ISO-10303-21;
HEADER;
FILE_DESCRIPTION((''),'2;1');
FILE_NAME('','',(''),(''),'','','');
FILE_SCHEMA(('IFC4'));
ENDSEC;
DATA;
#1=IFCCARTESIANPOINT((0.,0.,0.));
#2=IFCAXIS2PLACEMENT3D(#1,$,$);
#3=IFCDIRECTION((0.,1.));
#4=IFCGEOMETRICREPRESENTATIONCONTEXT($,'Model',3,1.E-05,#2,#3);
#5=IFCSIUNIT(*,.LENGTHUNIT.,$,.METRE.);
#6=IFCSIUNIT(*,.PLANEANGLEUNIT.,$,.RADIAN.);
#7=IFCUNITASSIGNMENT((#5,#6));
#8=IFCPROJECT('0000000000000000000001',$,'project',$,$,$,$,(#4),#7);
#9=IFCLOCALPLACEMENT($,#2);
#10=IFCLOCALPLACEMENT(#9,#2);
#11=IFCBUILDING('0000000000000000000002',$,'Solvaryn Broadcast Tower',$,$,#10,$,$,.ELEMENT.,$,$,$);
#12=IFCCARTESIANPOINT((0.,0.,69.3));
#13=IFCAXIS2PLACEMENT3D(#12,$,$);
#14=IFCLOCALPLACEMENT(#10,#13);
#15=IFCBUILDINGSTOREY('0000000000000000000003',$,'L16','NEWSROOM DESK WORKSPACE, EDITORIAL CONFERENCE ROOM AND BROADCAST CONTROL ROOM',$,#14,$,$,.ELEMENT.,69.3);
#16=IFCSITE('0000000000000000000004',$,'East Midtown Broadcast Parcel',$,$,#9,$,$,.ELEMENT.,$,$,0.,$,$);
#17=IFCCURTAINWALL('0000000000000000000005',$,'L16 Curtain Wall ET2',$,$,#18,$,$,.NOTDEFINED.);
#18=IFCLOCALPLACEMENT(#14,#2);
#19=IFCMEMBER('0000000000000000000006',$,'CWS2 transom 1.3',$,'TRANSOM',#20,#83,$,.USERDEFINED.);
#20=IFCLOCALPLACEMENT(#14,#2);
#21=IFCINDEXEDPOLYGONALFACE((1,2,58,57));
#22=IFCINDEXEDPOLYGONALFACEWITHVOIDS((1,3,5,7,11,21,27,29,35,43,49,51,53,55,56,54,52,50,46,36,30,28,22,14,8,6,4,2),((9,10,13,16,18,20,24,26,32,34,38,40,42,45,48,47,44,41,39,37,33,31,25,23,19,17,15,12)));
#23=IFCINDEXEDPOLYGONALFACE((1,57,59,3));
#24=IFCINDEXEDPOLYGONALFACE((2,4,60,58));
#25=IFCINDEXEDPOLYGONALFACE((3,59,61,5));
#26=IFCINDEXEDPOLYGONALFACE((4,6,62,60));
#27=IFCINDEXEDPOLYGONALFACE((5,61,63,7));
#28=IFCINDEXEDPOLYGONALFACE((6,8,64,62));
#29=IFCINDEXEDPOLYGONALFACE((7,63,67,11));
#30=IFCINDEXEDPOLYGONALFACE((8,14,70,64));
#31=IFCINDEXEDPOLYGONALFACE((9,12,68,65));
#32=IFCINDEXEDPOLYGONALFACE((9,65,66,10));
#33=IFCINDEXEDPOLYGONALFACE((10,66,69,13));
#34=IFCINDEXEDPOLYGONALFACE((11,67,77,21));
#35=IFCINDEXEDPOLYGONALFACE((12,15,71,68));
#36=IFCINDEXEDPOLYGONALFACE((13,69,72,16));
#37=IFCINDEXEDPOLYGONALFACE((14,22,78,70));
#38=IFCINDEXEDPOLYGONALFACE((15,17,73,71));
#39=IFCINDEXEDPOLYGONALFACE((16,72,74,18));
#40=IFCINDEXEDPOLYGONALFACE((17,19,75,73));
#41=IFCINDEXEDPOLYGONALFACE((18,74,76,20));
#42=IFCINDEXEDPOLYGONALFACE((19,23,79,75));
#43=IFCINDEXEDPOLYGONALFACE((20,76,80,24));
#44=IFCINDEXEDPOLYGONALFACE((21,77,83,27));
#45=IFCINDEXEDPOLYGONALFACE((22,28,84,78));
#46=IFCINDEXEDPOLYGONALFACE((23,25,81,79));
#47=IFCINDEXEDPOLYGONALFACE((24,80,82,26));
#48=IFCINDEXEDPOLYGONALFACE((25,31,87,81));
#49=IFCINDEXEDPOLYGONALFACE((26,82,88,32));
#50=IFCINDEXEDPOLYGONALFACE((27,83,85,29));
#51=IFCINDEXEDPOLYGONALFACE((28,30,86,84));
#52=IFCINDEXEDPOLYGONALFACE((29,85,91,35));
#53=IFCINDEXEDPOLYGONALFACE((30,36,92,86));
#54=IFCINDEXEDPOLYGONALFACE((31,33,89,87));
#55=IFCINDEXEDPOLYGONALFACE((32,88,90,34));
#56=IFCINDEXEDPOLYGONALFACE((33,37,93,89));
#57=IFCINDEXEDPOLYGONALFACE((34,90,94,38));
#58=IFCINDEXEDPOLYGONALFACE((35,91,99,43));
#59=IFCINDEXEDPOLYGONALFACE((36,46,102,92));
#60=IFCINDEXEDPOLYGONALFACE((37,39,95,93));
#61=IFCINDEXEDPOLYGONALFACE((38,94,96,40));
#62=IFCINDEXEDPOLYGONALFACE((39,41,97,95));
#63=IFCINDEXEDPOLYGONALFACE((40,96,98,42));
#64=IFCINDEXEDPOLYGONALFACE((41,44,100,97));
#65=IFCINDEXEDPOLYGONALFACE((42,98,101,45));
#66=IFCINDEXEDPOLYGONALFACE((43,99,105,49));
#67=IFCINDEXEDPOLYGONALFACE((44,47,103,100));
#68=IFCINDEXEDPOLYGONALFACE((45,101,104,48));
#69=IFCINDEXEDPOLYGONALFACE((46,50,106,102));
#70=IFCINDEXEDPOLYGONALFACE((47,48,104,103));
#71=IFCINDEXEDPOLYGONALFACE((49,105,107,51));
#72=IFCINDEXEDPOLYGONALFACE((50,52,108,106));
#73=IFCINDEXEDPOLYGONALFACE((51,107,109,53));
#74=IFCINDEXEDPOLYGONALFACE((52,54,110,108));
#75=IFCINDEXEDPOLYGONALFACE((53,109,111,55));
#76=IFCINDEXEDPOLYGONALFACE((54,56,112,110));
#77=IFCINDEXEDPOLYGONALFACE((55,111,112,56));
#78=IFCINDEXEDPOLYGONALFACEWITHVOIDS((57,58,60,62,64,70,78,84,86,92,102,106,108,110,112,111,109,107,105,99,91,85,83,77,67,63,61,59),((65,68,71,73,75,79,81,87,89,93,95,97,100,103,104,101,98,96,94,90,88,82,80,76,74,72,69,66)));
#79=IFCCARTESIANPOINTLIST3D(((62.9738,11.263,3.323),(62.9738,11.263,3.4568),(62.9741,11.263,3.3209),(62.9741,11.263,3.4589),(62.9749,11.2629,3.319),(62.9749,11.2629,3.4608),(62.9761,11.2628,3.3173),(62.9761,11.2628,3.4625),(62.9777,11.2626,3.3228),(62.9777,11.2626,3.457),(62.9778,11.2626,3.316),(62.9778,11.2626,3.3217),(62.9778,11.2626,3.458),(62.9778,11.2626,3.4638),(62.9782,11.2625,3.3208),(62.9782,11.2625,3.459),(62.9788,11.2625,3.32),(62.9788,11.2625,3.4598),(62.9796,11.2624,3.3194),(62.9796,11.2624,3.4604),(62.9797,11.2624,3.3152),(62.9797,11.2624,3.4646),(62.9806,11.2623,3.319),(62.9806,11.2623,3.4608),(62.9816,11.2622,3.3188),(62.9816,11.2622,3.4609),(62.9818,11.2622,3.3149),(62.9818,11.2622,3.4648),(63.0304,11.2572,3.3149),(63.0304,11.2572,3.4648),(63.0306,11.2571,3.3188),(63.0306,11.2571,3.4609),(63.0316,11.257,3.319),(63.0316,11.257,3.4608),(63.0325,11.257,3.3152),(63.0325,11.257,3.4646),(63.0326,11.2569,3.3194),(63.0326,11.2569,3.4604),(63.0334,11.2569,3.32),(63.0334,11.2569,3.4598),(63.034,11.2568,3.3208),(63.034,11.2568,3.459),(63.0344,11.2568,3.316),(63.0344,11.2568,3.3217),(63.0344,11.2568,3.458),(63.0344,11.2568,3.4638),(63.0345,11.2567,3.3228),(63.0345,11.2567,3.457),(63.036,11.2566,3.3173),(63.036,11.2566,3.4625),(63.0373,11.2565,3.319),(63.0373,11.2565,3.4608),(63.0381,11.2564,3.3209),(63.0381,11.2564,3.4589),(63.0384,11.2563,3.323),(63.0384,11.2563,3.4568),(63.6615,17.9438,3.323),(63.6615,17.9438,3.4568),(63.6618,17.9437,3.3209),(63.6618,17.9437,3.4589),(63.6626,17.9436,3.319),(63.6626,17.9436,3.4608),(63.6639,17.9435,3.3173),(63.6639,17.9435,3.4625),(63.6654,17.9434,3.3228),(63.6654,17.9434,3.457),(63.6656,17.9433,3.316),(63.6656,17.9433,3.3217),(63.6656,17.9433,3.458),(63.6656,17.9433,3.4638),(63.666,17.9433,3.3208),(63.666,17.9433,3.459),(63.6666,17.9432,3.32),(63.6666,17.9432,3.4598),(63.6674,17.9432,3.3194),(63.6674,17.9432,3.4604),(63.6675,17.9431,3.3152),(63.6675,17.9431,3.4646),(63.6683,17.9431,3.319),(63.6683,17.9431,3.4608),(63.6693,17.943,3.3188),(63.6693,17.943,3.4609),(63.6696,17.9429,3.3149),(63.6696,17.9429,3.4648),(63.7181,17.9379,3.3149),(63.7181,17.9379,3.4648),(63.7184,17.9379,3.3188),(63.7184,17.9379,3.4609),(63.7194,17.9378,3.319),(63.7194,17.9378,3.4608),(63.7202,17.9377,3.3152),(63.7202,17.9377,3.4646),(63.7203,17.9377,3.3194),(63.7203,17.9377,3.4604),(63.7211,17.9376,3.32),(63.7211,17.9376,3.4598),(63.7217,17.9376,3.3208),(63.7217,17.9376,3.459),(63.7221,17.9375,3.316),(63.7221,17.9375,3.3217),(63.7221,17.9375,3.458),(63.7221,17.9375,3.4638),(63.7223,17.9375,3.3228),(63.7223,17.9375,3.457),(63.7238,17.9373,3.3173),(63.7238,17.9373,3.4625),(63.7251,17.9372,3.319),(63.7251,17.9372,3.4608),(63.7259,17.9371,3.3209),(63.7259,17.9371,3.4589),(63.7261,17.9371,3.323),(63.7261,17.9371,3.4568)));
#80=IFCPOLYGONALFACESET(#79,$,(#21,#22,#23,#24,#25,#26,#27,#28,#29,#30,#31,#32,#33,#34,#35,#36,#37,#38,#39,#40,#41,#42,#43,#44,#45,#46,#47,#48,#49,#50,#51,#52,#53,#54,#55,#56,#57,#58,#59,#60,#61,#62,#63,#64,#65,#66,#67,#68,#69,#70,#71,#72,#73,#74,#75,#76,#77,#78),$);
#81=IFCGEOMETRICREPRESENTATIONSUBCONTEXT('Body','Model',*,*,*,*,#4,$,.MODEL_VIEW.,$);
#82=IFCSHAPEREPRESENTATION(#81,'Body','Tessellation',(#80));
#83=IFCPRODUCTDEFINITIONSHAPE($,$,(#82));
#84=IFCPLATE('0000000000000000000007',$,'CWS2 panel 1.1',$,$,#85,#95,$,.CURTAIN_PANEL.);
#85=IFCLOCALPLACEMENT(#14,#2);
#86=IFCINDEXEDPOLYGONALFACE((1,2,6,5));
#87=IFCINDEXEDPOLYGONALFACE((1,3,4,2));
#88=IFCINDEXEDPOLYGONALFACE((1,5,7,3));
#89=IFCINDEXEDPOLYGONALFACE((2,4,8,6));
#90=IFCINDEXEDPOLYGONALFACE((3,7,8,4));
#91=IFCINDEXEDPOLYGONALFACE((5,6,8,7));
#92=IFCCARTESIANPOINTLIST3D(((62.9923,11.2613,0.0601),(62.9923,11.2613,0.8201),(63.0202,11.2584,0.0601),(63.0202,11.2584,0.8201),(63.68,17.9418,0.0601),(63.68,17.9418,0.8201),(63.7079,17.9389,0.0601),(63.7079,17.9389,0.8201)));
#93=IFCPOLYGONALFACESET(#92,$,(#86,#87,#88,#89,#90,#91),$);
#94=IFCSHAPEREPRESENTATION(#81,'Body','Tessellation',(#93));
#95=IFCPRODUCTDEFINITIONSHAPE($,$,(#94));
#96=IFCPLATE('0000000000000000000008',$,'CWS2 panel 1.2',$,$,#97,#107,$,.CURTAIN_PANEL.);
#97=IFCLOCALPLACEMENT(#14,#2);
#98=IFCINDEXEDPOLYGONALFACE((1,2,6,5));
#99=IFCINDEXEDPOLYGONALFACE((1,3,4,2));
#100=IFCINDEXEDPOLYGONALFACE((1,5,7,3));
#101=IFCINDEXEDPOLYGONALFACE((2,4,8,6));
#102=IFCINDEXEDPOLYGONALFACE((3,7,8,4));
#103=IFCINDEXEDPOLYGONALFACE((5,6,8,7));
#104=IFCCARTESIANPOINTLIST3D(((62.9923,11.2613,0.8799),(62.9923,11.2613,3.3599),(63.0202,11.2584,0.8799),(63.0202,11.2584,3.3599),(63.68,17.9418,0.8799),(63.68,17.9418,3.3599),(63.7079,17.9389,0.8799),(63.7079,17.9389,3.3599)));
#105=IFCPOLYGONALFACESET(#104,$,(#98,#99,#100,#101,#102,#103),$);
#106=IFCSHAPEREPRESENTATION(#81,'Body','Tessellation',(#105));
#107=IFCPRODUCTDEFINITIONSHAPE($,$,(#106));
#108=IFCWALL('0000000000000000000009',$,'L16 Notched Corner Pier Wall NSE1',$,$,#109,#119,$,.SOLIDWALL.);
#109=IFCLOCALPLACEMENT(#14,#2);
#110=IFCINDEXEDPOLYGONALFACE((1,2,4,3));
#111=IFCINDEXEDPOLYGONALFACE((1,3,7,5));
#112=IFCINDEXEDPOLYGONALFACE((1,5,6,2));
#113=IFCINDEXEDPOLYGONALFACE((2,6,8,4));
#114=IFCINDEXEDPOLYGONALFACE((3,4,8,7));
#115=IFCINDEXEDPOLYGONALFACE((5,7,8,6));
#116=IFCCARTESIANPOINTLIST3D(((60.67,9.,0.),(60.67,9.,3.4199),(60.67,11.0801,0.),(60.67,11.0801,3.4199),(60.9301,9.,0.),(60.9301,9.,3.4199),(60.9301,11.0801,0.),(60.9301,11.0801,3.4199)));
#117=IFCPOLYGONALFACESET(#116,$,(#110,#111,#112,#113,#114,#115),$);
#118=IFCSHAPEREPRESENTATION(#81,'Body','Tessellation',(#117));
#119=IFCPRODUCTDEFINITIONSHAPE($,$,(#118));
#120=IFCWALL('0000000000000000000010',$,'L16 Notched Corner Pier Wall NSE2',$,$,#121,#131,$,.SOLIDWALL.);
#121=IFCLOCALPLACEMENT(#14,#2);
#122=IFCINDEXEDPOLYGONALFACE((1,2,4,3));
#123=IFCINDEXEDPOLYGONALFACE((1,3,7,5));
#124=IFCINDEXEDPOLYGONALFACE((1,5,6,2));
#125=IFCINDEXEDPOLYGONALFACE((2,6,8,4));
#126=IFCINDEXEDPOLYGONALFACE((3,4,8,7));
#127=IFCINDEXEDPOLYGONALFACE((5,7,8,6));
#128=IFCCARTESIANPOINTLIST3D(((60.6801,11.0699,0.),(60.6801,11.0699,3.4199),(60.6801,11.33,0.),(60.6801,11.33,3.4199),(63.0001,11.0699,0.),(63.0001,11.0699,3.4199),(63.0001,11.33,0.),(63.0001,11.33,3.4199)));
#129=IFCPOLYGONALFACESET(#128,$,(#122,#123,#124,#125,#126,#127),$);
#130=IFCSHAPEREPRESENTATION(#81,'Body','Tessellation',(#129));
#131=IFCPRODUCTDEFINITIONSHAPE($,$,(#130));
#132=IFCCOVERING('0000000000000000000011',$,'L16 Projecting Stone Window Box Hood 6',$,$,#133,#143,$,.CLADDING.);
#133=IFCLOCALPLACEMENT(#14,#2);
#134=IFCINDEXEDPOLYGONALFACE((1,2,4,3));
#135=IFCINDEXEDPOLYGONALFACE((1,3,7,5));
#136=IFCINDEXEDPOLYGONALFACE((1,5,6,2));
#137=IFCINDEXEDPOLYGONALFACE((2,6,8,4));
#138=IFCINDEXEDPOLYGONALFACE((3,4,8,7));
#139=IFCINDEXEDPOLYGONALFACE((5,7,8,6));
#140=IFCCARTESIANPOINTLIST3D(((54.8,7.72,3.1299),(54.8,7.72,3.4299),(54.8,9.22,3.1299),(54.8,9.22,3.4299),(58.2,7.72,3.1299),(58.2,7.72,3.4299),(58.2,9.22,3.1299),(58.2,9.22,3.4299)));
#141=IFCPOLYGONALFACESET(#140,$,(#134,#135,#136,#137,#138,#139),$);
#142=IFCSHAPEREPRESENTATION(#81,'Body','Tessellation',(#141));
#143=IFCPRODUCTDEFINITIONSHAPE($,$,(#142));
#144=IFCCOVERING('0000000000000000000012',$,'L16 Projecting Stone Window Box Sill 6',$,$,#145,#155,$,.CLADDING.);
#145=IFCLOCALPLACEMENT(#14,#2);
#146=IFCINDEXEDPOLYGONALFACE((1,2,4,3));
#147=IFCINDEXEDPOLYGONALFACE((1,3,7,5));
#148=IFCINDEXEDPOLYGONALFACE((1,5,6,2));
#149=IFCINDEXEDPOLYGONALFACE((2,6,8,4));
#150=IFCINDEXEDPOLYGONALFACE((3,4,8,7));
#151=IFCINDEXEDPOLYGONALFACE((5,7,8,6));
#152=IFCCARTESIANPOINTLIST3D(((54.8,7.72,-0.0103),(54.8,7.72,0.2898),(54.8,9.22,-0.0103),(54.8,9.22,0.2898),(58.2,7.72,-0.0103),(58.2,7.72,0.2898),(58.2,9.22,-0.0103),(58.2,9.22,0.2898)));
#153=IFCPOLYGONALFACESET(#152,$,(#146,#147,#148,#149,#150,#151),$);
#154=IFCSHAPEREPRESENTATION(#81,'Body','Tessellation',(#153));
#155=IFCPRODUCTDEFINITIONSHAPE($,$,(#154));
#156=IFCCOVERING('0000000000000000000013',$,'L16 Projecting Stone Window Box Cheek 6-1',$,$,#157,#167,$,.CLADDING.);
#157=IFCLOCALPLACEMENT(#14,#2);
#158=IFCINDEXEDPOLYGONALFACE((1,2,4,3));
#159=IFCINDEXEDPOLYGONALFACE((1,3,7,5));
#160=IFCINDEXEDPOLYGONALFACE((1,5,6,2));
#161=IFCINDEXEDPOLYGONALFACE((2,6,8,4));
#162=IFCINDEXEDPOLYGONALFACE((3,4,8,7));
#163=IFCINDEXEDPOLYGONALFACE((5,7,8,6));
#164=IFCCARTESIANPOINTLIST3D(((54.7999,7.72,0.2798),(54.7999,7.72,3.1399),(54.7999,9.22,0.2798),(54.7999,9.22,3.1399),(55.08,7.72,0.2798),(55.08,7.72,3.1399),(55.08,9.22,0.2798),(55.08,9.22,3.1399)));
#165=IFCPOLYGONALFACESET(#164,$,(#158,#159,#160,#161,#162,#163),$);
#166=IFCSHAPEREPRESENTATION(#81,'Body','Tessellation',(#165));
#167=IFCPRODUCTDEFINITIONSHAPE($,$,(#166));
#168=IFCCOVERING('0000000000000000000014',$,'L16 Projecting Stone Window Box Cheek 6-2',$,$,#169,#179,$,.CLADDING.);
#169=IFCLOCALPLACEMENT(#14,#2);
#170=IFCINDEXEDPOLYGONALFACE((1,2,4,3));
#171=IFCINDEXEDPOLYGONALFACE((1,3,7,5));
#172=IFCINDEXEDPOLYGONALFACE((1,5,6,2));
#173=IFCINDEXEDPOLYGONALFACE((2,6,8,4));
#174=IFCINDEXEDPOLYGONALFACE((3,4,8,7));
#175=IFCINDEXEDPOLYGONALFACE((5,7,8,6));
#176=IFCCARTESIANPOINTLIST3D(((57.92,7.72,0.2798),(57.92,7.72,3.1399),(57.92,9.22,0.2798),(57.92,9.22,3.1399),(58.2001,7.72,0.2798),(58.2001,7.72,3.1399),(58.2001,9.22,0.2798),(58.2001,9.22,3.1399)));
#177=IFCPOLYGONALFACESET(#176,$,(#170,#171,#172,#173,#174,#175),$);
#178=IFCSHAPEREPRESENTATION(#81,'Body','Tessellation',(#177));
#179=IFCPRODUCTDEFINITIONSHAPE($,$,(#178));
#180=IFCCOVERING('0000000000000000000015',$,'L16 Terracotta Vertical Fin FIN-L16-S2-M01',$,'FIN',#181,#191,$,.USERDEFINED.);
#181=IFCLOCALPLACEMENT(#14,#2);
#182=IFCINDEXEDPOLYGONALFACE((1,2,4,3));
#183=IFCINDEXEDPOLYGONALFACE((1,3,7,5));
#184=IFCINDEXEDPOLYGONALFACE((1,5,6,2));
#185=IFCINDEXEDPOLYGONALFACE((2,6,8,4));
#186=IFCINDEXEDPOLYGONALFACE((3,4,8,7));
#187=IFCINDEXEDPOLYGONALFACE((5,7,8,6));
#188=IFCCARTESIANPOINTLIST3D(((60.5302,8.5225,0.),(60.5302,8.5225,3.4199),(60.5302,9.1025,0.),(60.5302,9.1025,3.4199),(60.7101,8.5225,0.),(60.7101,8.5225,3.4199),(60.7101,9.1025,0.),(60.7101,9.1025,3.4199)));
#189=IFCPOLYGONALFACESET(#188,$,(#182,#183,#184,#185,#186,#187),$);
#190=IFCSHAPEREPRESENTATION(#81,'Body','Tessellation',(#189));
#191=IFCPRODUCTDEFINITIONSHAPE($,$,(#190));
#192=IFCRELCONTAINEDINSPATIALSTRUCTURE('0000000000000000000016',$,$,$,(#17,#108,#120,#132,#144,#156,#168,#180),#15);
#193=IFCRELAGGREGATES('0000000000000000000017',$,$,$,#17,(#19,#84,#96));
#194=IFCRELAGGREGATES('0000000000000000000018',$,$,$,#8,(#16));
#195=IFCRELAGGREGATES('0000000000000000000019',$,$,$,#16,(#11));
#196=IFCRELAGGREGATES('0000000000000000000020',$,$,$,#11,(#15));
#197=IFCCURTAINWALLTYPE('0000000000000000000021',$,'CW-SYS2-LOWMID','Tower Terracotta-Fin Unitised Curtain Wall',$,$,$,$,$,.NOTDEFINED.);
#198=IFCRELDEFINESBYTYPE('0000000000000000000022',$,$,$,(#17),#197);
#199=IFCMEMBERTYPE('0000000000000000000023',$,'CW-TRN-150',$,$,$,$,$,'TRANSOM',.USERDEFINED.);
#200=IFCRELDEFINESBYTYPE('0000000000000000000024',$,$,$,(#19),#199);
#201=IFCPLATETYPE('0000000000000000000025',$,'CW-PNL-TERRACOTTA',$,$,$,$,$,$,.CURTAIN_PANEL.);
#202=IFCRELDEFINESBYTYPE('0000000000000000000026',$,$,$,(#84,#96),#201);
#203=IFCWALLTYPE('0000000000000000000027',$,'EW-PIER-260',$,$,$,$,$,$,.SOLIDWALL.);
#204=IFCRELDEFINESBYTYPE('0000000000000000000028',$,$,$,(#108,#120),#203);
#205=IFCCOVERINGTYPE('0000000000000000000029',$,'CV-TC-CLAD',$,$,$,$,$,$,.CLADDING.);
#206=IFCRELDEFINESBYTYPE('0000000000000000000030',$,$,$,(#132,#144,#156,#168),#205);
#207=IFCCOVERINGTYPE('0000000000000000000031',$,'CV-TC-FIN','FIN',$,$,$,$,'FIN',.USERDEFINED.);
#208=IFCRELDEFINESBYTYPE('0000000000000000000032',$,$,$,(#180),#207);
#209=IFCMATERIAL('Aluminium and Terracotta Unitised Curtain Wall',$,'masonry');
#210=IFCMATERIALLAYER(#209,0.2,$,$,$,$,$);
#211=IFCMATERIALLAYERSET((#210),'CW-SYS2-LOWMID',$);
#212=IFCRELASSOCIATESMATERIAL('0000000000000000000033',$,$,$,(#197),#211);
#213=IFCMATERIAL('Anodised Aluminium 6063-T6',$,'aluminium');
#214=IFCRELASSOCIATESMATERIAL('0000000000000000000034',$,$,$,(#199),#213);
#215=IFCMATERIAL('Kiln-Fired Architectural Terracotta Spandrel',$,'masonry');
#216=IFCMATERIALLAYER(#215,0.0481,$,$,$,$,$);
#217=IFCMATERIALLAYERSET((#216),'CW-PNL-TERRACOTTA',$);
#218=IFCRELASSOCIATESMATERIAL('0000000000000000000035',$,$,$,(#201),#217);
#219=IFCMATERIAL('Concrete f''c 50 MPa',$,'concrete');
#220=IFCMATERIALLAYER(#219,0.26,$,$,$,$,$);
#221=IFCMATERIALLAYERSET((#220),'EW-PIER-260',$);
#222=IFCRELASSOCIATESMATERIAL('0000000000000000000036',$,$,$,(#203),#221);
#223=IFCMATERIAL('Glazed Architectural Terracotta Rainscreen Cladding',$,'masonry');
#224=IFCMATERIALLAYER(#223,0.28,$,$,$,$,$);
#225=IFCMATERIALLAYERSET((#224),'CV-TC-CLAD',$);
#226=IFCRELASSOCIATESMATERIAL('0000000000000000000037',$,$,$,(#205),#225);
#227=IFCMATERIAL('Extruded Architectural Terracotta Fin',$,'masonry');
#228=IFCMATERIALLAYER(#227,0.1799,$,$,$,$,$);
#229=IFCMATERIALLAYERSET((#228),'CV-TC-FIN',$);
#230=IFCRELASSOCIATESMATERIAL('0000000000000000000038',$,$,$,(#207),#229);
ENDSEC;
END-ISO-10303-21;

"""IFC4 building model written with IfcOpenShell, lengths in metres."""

from ifc_helpers import new_model, si_unit, direction, frame, frame_2d, origin, origin_2d, place, context, subcontext, project, spatial, rectangle, hollow_rectangle, extrude, material, layer, layer_set, material_profile, profile_set, type_object, element, aggregate, save


model = new_model("IFC4")

# Units and contexts
model_context = context("Model", 3, precision=1e-05, world=origin(), true_north=direction((0.0, 1.0)))
body_context = subcontext(model_context, "Body", "Model", "MODEL_VIEW")
ifc_project = project(units=[si_unit("LENGTHUNIT", "METRE"), si_unit("PLANEANGLEUNIT", "RADIAN")], contexts=[model_context])

# Site, building, storey
site_placement = place(None, origin())
site = spatial("IfcSite", under=ifc_project, at=site_placement, Name="East Midtown Broadcast Parcel", CompositionType="ELEMENT", RefElevation=0.0)
building_placement = place(site_placement, origin())
building = spatial("IfcBuilding", under=site, at=building_placement, Name="Solvaryn Broadcast Tower", CompositionType="ELEMENT")
storey_placement = place(building_placement, frame((0.0, 0.0, 69.3)))
storey = spatial("IfcBuildingStorey", under=building, at=storey_placement, Name="L16", Description="NEWSROOM DESK WORKSPACE, EDITORIAL CONFERENCE ROOM AND BROADCAST CONTROL ROOM", CompositionType="ELEMENT", Elevation=69.3)

# Shared definitions
ifc_material_1 = material(Name="Aluminium and Terracotta Unitised Curtain Wall", Category="masonry")
ifc_layer_1 = layer(ifc_material_1, 0.2)
ifc_layer_set_1 = layer_set([ifc_layer_1], Name="CW-SYS2-LOWMID")
curtain_wall_type = type_object("IfcCurtainWallType", Name="CW-SYS2-LOWMID", Description="Tower Terracotta-Fin Unitised Curtain Wall", PredefinedType="NOTDEFINED", material=ifc_layer_set_1)

# Curtain wall, member, plates
curtain_wall_1_placement = place(storey_placement, origin())
curtain_wall_1 = element("IfcCurtainWall", 1, at=curtain_wall_1_placement, inside=storey, type_object=curtain_wall_type, Name="L16 Curtain Wall ET2", PredefinedType="NOTDEFINED")
ifc_material_2 = material(Name="Anodised Aluminium 6063-T6", Category="aluminium")
ifc_material_profile_1 = material_profile(ifc_material_2, hollow_rectangle(XDim=0.0649, YDim=0.1499, WallThickness=0.0039, InnerFilletRadius=0.0039, OuterFilletRadius=0.0081, at=origin_2d()))
ifc_profile_set_1 = profile_set([ifc_material_profile_1], Name="Anodised Aluminium 6063-T6")
member_type_1 = type_object("IfcMemberType", Name="CW-TRN-150", ElementType="TRANSOM", PredefinedType="USERDEFINED", material=ifc_profile_set_1)
member_1_placement = place(storey_placement, frame((63.6938, 17.9404, 3.3899), z_axis=(-0.102404, -0.994743, 0.0), x_axis=(0.994743, -0.102404, 0.0)))
member_1 = element("IfcMember", 2, at=member_1_placement, type_object=member_type_1, Name="CWS2 transom 1.3", ObjectType="TRANSOM", PredefinedType="USERDEFINED", context=body_context, shape_type="SweptSolid", body=[
    extrude(hollow_rectangle(XDim=0.0649, YDim=0.1499, WallThickness=0.0039, InnerFilletRadius=0.0039, OuterFilletRadius=0.0081, at=origin_2d()), origin(), (0.0, 0.0, 1.0), 6.7161),
])
ifc_material_3 = material(Name="Kiln-Fired Architectural Terracotta Spandrel", Category="masonry")
ifc_layer_2 = layer(ifc_material_3, 0.0481)
ifc_layer_set_2 = layer_set([ifc_layer_2], Name="CW-PNL-TERRACOTTA")
plate_type = type_object("IfcPlateType", Name="CW-PNL-TERRACOTTA", PredefinedType="CURTAIN_PANEL", material=ifc_layer_set_2)
plate_1_placement = place(storey_placement, frame((63.3501, 14.6001, 0.0601), z_axis=(0.0, 0.0, 1.0), x_axis=(-0.1024, -0.994743, 0.0)))
plate_1 = element("IfcPlate", 3, at=plate_1_placement, type_object=plate_type, Name="CWS2 panel 1.1", PredefinedType="CURTAIN_PANEL", context=body_context, shape_type="SweptSolid", body=[
    extrude(rectangle(XDim=6.7158, YDim=0.0281, at=origin_2d()), origin(), (0.0, 0.0, 1.0), 0.76),
])
plate_2_placement = place(storey_placement, frame((63.3501, 14.6001, 0.8799), z_axis=(0.0, 0.0, 1.0), x_axis=(-0.1024, -0.994743, 0.0)))
plate_2 = element("IfcPlate", 4, at=plate_2_placement, type_object=plate_type, Name="CWS2 panel 1.2", PredefinedType="CURTAIN_PANEL", context=body_context, shape_type="SweptSolid", body=[
    extrude(rectangle(XDim=6.7158, YDim=0.0281, at=origin_2d()), origin(), (0.0, 0.0, 1.0), 2.48),
])
aggregate(curtain_wall_1, [member_1, plate_1, plate_2])

# Walls
ifc_material_4 = material(Name="Concrete f'c 50 MPa", Category="concrete")
ifc_layer_3 = layer(ifc_material_4, 0.26)
ifc_layer_set_3 = layer_set([ifc_layer_3], Name="EW-PIER-260")
wall_type = type_object("IfcWallType", Name="EW-PIER-260", PredefinedType="SOLIDWALL", material=ifc_layer_set_3)
wall_1_placement = place(storey_placement, frame((60.8, 9.0, 0.0), z_axis=(0.0, 0.0, 1.0), x_axis=(0.0, 1.0, 0.0)))
element("IfcWall", 5, at=wall_1_placement, inside=storey, type_object=wall_type, Name="L16 Notched Corner Pier Wall NSE1", PredefinedType="SOLIDWALL", context=body_context, shape_type="SweptSolid", body=[
    extrude(rectangle(XDim=2.0801, YDim=0.26, at=frame_2d((1.04, 0.0))), origin(), (0.0, 0.0, 1.0), 3.4199),
])
wall_2_placement = place(storey_placement, frame((60.6799, 11.2, 0.0), z_axis=(0.0, 0.0, 1.0), x_axis=(1.0, 0.0, 0.0)))
element("IfcWall", 6, at=wall_2_placement, inside=storey, type_object=wall_type, Name="L16 Notched Corner Pier Wall NSE2", PredefinedType="SOLIDWALL", context=body_context, shape_type="SweptSolid", body=[
    extrude(rectangle(XDim=2.3201, YDim=0.26, at=frame_2d((1.1602, 0.0))), origin(), (0.0, 0.0, 1.0), 3.4199),
])

# Coverings
ifc_material_5 = material(Name="Glazed Architectural Terracotta Rainscreen Cladding", Category="masonry")
ifc_layer_4 = layer(ifc_material_5, 0.28)
ifc_layer_set_4 = layer_set([ifc_layer_4], Name="CV-TC-CLAD")
covering_type_1 = type_object("IfcCoveringType", Name="CV-TC-CLAD", PredefinedType="CLADDING", material=ifc_layer_set_4)
for number, where, z_axis, x_axis, name in (
    (7, (56.5, 8.47, 3.1299), (0.0, 0.0, 1.0), (1.0, 0.0, 0.0), "L16 Projecting Stone Window Box Hood 6"),
    (8, (56.5, 8.47, -0.0103), (0.0, 0.0, 1.0), (1.0, 0.0, 0.0), "L16 Projecting Stone Window Box Sill 6"),
):
    element("IfcCovering", number, at=place(storey_placement, frame(where, z_axis=z_axis, x_axis=x_axis)), inside=storey, type_object=covering_type_1, Name=name, PredefinedType="CLADDING", context=body_context, shape_type="SweptSolid", body=[
        extrude(rectangle(XDim=3.3999, YDim=1.5, at=origin_2d()), origin(), (0.0, 0.0, 1.0), 0.3),
    ])
for number, where, z_axis, x_axis, name in (
    (9, (54.9399, 8.47, 0.2798), (0.0, 0.0, 1.0), (1.0, 0.0, 0.0), "L16 Projecting Stone Window Box Cheek 6-1"),
    (10, (58.0601, 8.47, 0.2798), (0.0, 0.0, 1.0), (1.0, 0.0, 0.0), "L16 Projecting Stone Window Box Cheek 6-2"),
):
    element("IfcCovering", number, at=place(storey_placement, frame(where, z_axis=z_axis, x_axis=x_axis)), inside=storey, type_object=covering_type_1, Name=name, PredefinedType="CLADDING", context=body_context, shape_type="SweptSolid", body=[
        extrude(rectangle(XDim=0.28, YDim=1.5, at=origin_2d()), origin(), (0.0, 0.0, 1.0), 2.8601),
    ])
ifc_material_6 = material(Name="Extruded Architectural Terracotta Fin", Category="masonry")
ifc_layer_5 = layer(ifc_material_6, 0.1799)
ifc_layer_set_5 = layer_set([ifc_layer_5], Name="CV-TC-FIN")
covering_type_2 = type_object("IfcCoveringType", Name="CV-TC-FIN", Description="FIN", ElementType="FIN", PredefinedType="USERDEFINED", material=ifc_layer_set_5)
covering_placement = place(storey_placement, frame((60.6201, 8.8125, 0.0), z_axis=(0.0, 0.0, 1.0), x_axis=(1.0, 0.0, 0.0)))
element("IfcCovering", 11, at=covering_placement, inside=storey, type_object=covering_type_2, Name="L16 Terracotta Vertical Fin FIN-L16-S2-M01", ObjectType="FIN", PredefinedType="USERDEFINED", context=body_context, shape_type="SweptSolid", body=[
    extrude(rectangle(XDim=0.1799, YDim=0.5801, at=origin_2d()), origin(), (0.0, 0.0, 1.0), 3.4199),
])

save(model, "model.ifc")
